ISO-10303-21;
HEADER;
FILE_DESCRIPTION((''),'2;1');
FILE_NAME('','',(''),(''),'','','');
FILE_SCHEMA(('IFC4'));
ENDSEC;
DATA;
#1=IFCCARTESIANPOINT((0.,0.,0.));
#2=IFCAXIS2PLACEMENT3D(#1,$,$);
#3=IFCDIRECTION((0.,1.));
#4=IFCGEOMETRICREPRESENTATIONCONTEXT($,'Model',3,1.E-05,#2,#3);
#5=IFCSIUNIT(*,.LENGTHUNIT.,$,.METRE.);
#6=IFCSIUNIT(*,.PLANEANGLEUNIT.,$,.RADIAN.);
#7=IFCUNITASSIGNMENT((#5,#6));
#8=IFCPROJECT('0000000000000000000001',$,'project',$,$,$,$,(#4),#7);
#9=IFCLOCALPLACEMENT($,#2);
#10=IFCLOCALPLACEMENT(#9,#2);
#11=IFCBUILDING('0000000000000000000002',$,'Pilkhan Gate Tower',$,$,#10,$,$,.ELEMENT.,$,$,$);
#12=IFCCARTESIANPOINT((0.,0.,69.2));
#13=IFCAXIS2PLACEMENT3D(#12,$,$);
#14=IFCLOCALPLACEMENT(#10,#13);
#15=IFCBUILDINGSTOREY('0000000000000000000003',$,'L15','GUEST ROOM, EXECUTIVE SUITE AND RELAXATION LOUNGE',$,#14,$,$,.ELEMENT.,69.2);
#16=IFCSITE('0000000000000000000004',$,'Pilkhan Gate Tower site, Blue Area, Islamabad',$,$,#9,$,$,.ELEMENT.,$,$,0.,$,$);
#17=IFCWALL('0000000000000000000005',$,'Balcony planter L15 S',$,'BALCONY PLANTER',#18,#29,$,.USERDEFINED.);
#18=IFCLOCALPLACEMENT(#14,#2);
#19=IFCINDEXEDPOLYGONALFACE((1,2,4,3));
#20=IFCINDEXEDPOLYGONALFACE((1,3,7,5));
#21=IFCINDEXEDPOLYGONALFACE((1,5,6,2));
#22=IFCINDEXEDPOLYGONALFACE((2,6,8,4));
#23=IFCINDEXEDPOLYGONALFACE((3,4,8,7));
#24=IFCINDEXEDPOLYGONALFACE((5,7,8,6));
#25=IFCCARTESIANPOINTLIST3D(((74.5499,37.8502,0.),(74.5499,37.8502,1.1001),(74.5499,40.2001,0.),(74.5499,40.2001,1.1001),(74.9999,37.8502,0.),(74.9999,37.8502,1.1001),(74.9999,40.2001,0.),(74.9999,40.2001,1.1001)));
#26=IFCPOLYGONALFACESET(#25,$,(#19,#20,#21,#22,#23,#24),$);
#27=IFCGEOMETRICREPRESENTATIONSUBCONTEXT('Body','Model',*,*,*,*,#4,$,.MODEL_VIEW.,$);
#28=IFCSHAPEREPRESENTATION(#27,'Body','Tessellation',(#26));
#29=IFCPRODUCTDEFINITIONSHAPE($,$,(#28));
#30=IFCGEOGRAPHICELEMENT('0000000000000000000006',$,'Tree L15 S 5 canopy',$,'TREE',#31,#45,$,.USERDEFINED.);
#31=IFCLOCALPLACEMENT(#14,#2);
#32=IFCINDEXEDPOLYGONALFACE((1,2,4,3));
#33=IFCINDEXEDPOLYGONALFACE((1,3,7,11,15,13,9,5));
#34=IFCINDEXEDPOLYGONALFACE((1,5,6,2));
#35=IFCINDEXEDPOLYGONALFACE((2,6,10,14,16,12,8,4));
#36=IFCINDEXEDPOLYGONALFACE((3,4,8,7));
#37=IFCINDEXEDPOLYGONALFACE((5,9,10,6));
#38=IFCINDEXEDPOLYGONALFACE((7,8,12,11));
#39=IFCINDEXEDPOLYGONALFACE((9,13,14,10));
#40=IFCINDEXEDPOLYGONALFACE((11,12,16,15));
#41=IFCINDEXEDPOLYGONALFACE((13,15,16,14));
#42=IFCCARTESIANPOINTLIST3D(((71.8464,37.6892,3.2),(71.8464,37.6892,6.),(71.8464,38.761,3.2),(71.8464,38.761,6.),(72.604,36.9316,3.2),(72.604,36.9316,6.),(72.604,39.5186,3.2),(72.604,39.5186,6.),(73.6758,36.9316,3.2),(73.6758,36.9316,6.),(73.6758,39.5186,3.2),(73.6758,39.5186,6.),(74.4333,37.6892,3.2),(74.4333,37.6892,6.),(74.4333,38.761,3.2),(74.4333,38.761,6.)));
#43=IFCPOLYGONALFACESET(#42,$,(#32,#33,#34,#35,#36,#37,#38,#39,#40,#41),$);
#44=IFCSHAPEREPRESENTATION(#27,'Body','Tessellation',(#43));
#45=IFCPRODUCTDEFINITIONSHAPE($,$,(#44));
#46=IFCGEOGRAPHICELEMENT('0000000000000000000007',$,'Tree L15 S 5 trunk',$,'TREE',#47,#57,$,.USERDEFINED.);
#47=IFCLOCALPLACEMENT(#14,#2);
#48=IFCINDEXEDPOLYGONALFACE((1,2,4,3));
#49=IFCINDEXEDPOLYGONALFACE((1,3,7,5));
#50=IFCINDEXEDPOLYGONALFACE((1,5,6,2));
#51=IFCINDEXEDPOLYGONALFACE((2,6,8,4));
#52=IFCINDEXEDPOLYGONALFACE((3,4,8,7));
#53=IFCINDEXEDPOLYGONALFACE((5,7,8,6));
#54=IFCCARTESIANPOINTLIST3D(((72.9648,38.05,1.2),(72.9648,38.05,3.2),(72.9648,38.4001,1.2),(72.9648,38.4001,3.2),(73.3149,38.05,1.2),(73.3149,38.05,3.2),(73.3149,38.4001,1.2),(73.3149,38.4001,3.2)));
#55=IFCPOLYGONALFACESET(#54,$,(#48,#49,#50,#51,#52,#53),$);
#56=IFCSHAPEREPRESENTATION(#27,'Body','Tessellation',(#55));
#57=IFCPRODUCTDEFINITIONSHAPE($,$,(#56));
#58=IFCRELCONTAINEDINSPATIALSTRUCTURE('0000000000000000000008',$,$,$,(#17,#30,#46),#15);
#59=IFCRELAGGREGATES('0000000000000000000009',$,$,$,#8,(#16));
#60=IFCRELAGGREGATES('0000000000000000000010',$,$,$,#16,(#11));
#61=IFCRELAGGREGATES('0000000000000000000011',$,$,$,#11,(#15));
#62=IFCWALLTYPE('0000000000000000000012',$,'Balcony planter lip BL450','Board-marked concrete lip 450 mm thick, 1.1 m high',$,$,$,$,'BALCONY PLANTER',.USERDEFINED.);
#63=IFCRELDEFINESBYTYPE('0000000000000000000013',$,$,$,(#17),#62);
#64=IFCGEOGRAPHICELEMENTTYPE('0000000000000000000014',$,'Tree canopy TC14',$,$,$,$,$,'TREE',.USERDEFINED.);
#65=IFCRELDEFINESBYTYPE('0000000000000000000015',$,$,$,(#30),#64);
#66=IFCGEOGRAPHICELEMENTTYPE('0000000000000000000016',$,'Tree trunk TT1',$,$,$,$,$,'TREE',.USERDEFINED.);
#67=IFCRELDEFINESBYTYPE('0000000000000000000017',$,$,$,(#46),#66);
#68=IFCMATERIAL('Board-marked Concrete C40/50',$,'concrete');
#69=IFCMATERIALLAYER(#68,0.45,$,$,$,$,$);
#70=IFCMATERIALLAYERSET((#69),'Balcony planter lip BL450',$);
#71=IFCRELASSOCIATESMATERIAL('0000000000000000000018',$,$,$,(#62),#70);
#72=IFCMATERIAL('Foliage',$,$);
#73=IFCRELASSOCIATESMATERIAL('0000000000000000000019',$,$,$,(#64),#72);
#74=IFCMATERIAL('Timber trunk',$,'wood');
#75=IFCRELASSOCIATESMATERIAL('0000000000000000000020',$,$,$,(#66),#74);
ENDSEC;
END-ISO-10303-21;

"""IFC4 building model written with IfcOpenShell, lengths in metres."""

from ifc_helpers import new_model, si_unit, direction, frame, frame_2d, origin, origin_2d, place, context, subcontext, project, spatial, polyline, rectangle, outline, extrude, material, layer, layer_set, material_profile, profile_set, type_object, element, save


model = new_model("IFC4")

# Units and contexts
model_context = context("Model", 3, precision=1e-05, world=origin(), true_north=direction((0.0, 1.0)))
body_context = subcontext(model_context, "Body", "Model", "MODEL_VIEW")
ifc_project = project(units=[si_unit("LENGTHUNIT", "METRE"), si_unit("PLANEANGLEUNIT", "RADIAN")], contexts=[model_context])

# Site, building, storey
site_placement = place(None, origin())
site = spatial("IfcSite", under=ifc_project, at=site_placement, Name="Pilkhan Gate Tower site, Blue Area, Islamabad", CompositionType="ELEMENT", RefElevation=0.0)
building_placement = place(site_placement, origin())
building = spatial("IfcBuilding", under=site, at=building_placement, Name="Pilkhan Gate Tower", CompositionType="ELEMENT")
storey_placement = place(building_placement, frame((0.0, 0.0, 69.2)))
storey = spatial("IfcBuildingStorey", under=building, at=storey_placement, Name="L15", Description="GUEST ROOM, EXECUTIVE SUITE AND RELAXATION LOUNGE", CompositionType="ELEMENT", Elevation=69.2)

# Wall
ifc_material_1 = material(Name="Board-marked Concrete C40/50", Category="concrete")
ifc_layer_1 = layer(ifc_material_1, 0.45)
ifc_layer_set_1 = layer_set([ifc_layer_1], Name="Balcony planter lip BL450")
wall_type_1 = type_object("IfcWallType", Name="Balcony planter lip BL450", Description="Board-marked concrete lip 450 mm thick, 1.1 m high", ElementType="BALCONY PLANTER", PredefinedType="USERDEFINED", material=ifc_layer_set_1)
wall_1_placement = place(storey_placement, frame((74.7749, 40.2, 0.0), z_axis=(0.0, 0.0, 1.0), x_axis=(0.0, -1.0, 0.0)))
element("IfcWall", 1, at=wall_1_placement, inside=storey, type_object=wall_type_1, Name="Balcony planter L15 S", ObjectType="BALCONY PLANTER", PredefinedType="USERDEFINED", context=body_context, shape_type="SweptSolid", body=[
    extrude(rectangle(XDim=2.3499, YDim=0.45, at=frame_2d((1.1748, 0.0))), origin(), (0.0, 0.0, 1.0), 1.1001),
])

# Geographic elements
ifc_material_2 = material(Name="Foliage")
ifc_material_profile_1 = material_profile(ifc_material_2, outline(polyline([(1.2935, 0.5359), (0.5359, 1.2935), (-0.5359, 1.2935), (-1.2935, 0.5359), (-1.2935, -0.5359), (-0.5359, -1.2935), (0.5359, -1.2935), (1.2935, -0.5359), (1.2935, 0.5359)])), Name="Canopy D2.8")
ifc_profile_set_1 = profile_set([ifc_material_profile_1], Name="Foliage")
geographic_element_type_1 = type_object("IfcGeographicElementType", Name="Tree canopy TC14", ElementType="TREE", PredefinedType="USERDEFINED", material=ifc_profile_set_1)
geographic_element_1_placement = place(storey_placement, frame((73.1399, 38.2251, 3.2), z_axis=(0.0, 0.0, 1.0), x_axis=(1.0, 0.0, 0.0)))
element("IfcGeographicElement", 2, at=geographic_element_1_placement, inside=storey, type_object=geographic_element_type_1, Name="Tree L15 S 5 canopy", ObjectType="TREE", PredefinedType="USERDEFINED", context=body_context, shape_type="SweptSolid", body=[
    extrude(outline(polyline([(1.2935, 0.5359), (0.5359, 1.2935), (-0.5359, 1.2935), (-1.2935, 0.5359), (-1.2935, -0.5359), (-0.5359, -1.2935), (0.5359, -1.2935), (1.2935, -0.5359), (1.2935, 0.5359)])), origin(), (0.0, 0.0, 1.0), 2.8),
])
ifc_material_3 = material(Name="Timber trunk", Category="wood")
geographic_element_type_2 = type_object("IfcGeographicElementType", Name="Tree trunk TT1", ElementType="TREE", PredefinedType="USERDEFINED", material=ifc_material_3)
geographic_element_2_placement = place(storey_placement, frame((73.1399, 38.2251, 1.2), z_axis=(0.0, 0.0, 1.0), x_axis=(1.0, 0.0, 0.0)))
element("IfcGeographicElement", 3, at=geographic_element_2_placement, inside=storey, type_object=geographic_element_type_2, Name="Tree L15 S 5 trunk", ObjectType="TREE", PredefinedType="USERDEFINED", context=body_context, shape_type="SweptSolid", body=[
    extrude(rectangle(XDim=0.3501, YDim=0.3501, at=origin_2d()), origin(), (0.0, 0.0, 1.0), 2.0),
])

save(model, "model.ifc")
